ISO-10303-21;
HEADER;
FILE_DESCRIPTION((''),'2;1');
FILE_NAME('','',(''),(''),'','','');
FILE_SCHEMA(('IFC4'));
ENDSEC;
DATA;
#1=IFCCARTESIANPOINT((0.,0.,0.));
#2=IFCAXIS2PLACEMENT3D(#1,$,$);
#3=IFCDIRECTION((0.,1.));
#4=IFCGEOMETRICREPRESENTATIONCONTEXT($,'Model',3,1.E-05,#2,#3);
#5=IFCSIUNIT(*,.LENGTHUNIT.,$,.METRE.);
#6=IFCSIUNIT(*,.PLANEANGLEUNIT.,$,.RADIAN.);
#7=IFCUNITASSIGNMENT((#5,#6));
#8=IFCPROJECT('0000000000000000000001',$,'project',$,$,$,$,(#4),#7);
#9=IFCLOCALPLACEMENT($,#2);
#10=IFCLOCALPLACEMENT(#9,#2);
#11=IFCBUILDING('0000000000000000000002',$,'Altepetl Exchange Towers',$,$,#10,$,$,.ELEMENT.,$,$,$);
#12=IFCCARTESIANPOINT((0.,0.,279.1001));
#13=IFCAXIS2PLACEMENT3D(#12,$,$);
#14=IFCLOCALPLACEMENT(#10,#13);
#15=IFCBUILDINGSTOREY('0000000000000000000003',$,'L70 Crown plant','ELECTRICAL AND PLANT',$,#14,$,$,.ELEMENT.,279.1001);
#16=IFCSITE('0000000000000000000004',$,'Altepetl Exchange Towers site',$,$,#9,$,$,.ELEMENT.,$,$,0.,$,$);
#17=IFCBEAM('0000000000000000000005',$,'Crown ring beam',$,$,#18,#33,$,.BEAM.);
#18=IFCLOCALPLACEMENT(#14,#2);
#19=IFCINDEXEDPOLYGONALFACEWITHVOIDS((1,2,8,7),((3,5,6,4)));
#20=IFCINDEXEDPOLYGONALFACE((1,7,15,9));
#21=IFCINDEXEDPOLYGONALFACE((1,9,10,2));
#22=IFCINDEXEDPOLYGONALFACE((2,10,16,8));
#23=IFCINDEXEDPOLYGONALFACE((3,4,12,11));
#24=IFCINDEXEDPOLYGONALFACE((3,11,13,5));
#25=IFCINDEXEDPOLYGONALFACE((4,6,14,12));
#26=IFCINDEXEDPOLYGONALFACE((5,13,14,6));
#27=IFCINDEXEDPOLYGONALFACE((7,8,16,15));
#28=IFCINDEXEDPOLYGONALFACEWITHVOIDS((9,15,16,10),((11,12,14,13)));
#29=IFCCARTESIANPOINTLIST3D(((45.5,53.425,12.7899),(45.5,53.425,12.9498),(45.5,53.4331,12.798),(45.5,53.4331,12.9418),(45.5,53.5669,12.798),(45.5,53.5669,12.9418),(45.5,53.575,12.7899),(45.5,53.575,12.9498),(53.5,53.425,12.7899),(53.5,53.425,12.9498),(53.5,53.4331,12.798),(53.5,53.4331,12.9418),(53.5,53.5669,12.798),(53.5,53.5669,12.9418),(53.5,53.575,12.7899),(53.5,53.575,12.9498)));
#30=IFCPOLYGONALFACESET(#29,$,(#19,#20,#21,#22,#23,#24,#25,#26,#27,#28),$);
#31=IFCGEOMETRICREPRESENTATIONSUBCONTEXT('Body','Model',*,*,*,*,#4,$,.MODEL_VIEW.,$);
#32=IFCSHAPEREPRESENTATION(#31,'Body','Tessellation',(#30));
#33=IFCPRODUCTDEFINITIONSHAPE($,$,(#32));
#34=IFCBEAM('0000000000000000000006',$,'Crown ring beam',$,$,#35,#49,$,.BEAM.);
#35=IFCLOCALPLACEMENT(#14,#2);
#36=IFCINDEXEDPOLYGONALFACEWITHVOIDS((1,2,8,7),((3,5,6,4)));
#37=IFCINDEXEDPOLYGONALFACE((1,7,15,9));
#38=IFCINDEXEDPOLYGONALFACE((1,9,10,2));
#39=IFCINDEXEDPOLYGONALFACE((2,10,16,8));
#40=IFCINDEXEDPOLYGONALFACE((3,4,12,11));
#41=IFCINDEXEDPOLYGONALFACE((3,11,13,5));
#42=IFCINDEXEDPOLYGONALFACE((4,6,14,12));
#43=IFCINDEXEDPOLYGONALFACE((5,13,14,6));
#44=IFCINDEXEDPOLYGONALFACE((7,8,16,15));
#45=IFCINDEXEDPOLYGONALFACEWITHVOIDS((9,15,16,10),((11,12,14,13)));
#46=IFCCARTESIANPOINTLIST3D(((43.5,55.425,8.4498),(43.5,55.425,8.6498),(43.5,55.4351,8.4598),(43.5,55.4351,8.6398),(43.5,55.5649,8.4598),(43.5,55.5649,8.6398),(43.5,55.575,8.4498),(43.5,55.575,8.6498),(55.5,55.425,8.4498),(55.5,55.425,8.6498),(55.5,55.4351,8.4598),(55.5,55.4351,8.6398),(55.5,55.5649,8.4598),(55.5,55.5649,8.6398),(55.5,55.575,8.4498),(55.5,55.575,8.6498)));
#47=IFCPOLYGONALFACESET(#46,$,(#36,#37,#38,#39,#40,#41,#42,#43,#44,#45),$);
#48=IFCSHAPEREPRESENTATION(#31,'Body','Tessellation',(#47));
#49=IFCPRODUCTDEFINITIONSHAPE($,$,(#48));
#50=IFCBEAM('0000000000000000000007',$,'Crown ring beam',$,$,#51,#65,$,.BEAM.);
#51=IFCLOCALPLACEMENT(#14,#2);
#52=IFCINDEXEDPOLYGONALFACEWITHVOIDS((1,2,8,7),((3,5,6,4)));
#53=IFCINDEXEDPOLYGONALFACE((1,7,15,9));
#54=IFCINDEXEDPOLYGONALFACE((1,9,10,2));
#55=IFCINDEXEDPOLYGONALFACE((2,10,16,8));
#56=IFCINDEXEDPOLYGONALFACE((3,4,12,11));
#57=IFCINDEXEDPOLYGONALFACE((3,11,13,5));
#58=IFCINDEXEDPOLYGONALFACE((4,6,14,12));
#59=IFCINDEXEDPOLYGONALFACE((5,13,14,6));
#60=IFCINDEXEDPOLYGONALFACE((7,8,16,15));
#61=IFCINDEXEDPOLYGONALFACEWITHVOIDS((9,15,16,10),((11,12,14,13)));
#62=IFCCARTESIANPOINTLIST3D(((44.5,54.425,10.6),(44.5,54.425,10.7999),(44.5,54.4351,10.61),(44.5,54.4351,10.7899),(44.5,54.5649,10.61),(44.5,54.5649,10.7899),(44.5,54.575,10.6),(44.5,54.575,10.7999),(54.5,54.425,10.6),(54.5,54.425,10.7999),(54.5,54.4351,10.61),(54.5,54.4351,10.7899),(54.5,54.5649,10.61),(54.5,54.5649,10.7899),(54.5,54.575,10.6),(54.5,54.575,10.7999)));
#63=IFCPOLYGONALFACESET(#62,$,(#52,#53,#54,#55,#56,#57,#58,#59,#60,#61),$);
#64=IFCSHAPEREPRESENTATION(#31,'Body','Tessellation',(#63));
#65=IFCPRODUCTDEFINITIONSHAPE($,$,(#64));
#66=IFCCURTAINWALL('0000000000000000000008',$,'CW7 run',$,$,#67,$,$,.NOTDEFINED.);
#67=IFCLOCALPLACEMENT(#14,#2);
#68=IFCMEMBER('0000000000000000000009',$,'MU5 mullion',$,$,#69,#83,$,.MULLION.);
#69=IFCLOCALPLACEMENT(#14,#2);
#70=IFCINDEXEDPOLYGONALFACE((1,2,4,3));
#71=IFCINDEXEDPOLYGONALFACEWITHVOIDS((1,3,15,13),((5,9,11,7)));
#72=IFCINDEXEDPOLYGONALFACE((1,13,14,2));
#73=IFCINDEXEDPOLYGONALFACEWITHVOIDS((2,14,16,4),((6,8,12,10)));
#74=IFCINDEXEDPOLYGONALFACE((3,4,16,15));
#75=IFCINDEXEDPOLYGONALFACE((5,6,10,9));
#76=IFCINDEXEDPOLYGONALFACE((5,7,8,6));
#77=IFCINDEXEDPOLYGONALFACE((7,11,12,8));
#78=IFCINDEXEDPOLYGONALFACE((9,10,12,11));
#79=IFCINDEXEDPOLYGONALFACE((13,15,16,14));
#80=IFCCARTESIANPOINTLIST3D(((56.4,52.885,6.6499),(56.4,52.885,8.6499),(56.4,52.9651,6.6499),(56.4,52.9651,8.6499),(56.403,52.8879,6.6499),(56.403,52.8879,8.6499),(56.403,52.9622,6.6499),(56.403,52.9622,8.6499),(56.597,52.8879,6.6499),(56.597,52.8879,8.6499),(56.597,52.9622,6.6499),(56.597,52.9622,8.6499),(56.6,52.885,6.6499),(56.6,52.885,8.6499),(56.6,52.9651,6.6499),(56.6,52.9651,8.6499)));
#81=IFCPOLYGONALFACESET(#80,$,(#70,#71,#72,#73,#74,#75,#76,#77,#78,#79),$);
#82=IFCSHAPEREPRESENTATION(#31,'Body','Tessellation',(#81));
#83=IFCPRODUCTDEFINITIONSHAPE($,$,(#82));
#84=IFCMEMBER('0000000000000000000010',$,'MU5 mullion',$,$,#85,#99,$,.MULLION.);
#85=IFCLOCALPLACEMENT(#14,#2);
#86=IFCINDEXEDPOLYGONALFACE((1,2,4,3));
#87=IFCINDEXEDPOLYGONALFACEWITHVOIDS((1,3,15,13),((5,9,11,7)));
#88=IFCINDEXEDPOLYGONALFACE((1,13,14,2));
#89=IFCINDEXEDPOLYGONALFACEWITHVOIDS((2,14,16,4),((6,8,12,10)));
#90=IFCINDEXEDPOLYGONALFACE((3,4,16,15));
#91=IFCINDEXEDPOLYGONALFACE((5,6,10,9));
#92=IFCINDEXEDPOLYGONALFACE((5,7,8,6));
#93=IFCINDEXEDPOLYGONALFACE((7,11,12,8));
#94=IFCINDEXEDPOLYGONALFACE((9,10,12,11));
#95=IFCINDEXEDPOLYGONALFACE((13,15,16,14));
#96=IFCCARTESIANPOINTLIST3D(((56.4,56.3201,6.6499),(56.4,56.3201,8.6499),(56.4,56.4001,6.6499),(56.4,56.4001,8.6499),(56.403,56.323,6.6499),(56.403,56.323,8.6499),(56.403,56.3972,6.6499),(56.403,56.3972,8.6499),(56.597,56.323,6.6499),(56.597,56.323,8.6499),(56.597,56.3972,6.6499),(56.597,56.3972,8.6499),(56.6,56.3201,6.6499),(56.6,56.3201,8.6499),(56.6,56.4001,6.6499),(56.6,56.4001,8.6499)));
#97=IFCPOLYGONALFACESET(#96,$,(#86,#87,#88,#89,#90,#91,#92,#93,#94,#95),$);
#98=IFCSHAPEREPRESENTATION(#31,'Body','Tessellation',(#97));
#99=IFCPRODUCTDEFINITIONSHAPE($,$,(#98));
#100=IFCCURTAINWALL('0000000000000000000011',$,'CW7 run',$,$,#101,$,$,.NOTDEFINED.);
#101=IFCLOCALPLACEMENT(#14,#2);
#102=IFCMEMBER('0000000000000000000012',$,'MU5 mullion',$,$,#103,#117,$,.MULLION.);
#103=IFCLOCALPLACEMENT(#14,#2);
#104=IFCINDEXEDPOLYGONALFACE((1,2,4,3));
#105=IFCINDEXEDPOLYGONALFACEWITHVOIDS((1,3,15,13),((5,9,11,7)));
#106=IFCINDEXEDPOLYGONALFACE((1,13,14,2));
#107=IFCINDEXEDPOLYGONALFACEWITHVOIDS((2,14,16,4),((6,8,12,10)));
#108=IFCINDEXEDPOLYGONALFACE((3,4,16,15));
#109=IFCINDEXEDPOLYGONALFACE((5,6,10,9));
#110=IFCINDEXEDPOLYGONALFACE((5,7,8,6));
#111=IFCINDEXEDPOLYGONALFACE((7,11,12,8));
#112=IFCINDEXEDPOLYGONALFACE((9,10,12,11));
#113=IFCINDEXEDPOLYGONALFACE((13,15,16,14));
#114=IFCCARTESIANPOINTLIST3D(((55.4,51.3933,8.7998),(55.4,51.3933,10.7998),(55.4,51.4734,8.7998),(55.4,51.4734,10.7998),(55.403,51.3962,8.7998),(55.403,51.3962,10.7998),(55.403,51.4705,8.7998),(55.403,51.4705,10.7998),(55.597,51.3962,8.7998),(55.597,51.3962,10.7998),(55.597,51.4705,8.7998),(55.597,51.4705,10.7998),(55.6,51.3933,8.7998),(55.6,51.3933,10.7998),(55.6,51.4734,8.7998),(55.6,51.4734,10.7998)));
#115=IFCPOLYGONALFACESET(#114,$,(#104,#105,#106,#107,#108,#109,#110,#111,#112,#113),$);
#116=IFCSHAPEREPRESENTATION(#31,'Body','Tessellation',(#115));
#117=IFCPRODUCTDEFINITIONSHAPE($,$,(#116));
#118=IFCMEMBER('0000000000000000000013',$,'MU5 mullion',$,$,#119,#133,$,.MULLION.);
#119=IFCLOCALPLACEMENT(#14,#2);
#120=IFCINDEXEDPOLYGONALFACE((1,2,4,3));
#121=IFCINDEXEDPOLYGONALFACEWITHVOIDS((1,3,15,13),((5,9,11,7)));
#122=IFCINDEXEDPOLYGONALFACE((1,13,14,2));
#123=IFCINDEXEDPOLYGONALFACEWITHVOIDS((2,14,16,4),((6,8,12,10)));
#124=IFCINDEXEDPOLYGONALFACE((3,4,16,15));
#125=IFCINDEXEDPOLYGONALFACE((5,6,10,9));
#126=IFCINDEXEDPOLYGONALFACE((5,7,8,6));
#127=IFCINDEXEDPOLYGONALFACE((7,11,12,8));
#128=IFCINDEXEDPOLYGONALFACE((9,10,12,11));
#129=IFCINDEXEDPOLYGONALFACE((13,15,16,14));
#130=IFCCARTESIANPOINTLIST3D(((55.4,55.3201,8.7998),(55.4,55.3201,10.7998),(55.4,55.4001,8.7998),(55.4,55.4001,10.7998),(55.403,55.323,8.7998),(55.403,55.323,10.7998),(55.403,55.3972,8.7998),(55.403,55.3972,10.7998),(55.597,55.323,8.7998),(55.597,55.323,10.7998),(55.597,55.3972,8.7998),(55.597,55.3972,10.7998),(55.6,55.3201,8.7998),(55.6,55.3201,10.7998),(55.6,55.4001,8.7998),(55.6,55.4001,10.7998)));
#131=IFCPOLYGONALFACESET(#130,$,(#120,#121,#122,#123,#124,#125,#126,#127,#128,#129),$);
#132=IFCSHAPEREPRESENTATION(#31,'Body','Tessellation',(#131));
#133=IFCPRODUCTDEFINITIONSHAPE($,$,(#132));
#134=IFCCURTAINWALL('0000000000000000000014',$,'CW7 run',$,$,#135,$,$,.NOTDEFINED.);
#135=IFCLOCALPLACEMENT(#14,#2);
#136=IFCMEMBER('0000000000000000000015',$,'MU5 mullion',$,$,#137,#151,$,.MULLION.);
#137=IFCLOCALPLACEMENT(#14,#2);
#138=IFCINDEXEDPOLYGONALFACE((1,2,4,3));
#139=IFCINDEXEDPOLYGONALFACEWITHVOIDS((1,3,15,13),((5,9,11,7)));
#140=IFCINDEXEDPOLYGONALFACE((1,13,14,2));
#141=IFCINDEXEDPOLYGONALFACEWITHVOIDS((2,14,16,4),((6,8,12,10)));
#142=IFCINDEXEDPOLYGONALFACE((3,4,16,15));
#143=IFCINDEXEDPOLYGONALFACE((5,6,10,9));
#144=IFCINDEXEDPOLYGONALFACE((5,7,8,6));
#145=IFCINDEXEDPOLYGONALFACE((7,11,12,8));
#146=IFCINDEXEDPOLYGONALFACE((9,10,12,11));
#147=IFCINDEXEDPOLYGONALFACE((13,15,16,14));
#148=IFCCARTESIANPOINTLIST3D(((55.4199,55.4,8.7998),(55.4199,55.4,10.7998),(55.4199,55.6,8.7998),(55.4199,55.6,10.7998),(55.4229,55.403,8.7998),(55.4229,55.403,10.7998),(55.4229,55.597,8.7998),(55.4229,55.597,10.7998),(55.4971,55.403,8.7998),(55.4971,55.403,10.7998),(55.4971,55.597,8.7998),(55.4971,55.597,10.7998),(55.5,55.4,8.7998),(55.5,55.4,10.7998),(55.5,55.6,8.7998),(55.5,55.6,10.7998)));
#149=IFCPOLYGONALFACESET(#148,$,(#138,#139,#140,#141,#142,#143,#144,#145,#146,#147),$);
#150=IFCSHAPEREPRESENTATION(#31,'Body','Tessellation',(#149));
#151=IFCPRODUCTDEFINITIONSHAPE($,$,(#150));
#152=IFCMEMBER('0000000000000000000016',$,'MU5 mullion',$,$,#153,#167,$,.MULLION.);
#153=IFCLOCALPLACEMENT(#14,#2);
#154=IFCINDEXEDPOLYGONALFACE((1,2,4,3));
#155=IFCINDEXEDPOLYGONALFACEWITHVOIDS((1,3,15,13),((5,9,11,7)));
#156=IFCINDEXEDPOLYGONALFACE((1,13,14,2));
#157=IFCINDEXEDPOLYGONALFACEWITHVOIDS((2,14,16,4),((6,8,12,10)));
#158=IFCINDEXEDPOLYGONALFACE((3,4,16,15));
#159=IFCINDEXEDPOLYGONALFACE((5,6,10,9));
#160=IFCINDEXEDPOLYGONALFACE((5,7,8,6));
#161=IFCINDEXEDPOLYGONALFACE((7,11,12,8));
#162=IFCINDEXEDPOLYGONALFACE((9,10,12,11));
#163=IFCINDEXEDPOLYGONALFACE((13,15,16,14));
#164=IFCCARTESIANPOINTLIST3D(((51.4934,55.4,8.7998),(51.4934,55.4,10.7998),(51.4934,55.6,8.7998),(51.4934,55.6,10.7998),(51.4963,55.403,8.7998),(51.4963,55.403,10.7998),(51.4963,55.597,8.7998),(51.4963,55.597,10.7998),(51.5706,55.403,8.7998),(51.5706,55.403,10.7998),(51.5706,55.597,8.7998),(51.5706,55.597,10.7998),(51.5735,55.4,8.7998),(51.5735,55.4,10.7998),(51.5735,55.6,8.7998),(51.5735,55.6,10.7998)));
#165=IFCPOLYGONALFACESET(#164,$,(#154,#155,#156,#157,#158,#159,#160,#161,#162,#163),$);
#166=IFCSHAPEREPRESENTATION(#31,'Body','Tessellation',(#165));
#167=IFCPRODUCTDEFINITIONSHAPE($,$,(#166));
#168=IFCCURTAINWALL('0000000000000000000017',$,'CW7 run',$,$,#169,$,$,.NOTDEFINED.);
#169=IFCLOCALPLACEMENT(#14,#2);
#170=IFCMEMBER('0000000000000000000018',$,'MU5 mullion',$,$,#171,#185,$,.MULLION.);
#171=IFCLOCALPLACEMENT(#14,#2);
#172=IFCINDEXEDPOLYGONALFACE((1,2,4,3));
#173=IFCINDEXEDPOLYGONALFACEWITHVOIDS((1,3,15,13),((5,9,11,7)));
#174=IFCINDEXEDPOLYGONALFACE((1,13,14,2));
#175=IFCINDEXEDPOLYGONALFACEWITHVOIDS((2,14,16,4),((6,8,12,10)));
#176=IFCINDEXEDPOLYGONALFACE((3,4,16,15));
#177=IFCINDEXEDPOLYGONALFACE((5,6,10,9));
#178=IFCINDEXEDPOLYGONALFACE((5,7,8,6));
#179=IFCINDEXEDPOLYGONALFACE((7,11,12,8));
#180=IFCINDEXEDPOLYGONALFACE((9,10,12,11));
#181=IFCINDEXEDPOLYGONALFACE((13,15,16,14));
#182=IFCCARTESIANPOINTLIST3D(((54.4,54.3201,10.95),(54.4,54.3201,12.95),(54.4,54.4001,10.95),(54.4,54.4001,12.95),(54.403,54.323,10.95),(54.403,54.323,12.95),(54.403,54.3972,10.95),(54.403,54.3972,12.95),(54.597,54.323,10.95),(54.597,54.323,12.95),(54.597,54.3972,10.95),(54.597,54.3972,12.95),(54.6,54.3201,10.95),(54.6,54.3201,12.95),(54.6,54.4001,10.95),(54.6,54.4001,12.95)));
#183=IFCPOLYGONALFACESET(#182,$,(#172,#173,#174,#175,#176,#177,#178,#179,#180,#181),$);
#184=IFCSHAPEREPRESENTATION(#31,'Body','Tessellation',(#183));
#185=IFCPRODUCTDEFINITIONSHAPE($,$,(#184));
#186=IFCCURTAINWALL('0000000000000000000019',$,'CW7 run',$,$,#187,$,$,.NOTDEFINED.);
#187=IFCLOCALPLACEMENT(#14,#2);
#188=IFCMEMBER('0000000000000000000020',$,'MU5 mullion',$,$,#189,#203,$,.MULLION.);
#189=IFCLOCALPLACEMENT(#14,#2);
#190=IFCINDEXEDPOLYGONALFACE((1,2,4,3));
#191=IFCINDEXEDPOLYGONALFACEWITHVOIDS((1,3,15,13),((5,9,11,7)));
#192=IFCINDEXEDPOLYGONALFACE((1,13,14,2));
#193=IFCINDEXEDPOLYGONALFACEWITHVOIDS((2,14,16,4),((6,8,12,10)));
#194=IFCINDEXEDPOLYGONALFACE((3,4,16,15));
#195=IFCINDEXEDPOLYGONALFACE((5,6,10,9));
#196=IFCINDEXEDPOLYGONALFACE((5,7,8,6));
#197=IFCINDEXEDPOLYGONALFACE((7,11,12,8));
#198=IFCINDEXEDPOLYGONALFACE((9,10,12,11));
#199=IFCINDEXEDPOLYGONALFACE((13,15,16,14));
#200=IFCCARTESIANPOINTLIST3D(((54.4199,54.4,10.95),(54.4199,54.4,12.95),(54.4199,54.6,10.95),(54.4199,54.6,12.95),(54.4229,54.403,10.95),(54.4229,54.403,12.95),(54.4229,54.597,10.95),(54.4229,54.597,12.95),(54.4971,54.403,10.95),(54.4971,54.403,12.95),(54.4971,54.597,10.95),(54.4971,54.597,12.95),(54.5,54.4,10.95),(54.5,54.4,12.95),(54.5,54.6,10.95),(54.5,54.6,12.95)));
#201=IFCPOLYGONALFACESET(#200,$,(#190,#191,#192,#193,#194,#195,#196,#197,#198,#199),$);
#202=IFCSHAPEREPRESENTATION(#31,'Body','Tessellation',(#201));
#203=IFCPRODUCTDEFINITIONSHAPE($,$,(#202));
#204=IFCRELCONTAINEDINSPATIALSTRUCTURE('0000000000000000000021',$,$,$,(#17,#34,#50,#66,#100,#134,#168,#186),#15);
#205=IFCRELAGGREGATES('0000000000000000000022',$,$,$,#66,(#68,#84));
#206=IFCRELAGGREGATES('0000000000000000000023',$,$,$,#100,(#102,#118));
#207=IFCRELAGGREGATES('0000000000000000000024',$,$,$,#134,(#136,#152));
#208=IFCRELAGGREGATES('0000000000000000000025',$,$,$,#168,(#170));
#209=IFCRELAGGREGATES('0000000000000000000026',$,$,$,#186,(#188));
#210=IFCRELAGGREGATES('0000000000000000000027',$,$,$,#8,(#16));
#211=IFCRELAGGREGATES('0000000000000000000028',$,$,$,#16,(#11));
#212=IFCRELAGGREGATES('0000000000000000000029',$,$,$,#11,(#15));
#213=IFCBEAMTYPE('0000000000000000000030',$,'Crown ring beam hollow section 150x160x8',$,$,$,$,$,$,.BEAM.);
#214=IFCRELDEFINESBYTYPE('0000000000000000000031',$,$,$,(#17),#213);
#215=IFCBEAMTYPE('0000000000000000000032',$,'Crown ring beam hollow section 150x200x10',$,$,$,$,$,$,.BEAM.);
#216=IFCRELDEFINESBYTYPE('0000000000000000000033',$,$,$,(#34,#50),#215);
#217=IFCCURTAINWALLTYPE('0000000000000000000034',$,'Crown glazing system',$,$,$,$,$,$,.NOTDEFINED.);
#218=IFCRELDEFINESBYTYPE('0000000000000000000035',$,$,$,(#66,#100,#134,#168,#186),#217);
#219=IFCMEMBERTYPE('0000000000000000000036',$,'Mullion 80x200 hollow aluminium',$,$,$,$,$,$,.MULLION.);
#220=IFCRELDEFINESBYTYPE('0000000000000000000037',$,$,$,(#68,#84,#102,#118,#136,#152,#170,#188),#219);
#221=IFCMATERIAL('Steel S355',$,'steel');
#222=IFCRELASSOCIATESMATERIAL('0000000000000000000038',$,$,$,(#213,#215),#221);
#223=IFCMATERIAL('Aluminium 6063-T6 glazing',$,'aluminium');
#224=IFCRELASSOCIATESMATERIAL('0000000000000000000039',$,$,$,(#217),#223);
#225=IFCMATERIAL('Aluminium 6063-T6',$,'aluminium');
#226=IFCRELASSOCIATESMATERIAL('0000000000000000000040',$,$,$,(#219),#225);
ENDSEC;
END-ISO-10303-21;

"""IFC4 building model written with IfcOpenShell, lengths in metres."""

from ifc_helpers import new_model, si_unit, direction, frame, origin, origin_2d, place, context, subcontext, project, spatial, hollow_rectangle, extrude, material, material_profile, profile_set, type_object, element, aggregate, save


model = new_model("IFC4")

# Units and contexts
model_context = context("Model", 3, precision=1e-05, world=origin(), true_north=direction((0.0, 1.0)))
body_context = subcontext(model_context, "Body", "Model", "MODEL_VIEW")
ifc_project = project(units=[si_unit("LENGTHUNIT", "METRE"), si_unit("PLANEANGLEUNIT", "RADIAN")], contexts=[model_context])

# Site, building, storey
site_placement = place(None, origin())
site = spatial("IfcSite", under=ifc_project, at=site_placement, Name="Altepetl Exchange Towers site", CompositionType="ELEMENT", RefElevation=0.0)
building_placement = place(site_placement, origin())
building = spatial("IfcBuilding", under=site, at=building_placement, Name="Altepetl Exchange Towers", CompositionType="ELEMENT")
storey_placement = place(building_placement, frame((0.0, 0.0, 279.1001)))
storey = spatial("IfcBuildingStorey", under=building, at=storey_placement, Name="L70 Crown plant", Description="ELECTRICAL AND PLANT", CompositionType="ELEMENT", Elevation=279.1001)

# Beams
ifc_material_1 = material(Name="Steel S355", Category="steel")
ifc_material_profile_1 = material_profile(ifc_material_1, hollow_rectangle(XDim=0.1499, YDim=0.1599, WallThickness=0.0081, at=origin_2d()), Name="RHS 160x150x8")
ifc_profile_set_1 = profile_set([ifc_material_profile_1], Name="Steel S355")
beam_type_1 = type_object("IfcBeamType", Name="Crown ring beam hollow section 150x160x8", PredefinedType="BEAM", material=ifc_profile_set_1)
beam_1_placement = place(storey_placement, frame((53.5, 53.5, 12.8699), z_axis=(-1.0, 0.0, 0.0), x_axis=(0.0, -1.0, 0.0)))
element("IfcBeam", 1, at=beam_1_placement, inside=storey, type_object=beam_type_1, Name="Crown ring beam", PredefinedType="BEAM", context=body_context, shape_type="SweptSolid", body=[
    extrude(hollow_rectangle(XDim=0.1499, YDim=0.1599, WallThickness=0.0081, at=origin_2d()), origin(), (0.0, 0.0, 1.0), 8.0),
])
ifc_material_profile_2 = material_profile(ifc_material_1, hollow_rectangle(XDim=0.1499, YDim=0.2, WallThickness=0.01, at=origin_2d()), Name="RHS 200x150x10")
ifc_profile_set_2 = profile_set([ifc_material_profile_2], Name="Steel S355")
beam_type_2 = type_object("IfcBeamType", Name="Crown ring beam hollow section 150x200x10", PredefinedType="BEAM", material=ifc_profile_set_2)
beam_2_placement = place(storey_placement, frame((55.5, 55.5, 8.5498), z_axis=(-1.0, 0.0, 0.0), x_axis=(0.0, -1.0, 0.0)))
element("IfcBeam", 2, at=beam_2_placement, inside=storey, type_object=beam_type_2, Name="Crown ring beam", PredefinedType="BEAM", context=body_context, shape_type="SweptSolid", body=[
    extrude(hollow_rectangle(XDim=0.1499, YDim=0.2, WallThickness=0.01, at=origin_2d()), origin(), (0.0, 0.0, 1.0), 12.0),
])
beam_3_placement = place(storey_placement, frame((54.5, 54.5, 10.7), z_axis=(-1.0, 0.0, 0.0), x_axis=(0.0, -1.0, 0.0)))
element("IfcBeam", 3, at=beam_3_placement, inside=storey, type_object=beam_type_2, Name="Crown ring beam", PredefinedType="BEAM", context=body_context, shape_type="SweptSolid", body=[
    extrude(hollow_rectangle(XDim=0.1499, YDim=0.2, WallThickness=0.01, at=origin_2d()), origin(), (0.0, 0.0, 1.0), 10.0),
])

# Curtain walls, members
ifc_material_2 = material(Name="Aluminium 6063-T6 glazing", Category="aluminium")
curtain_wall_type = type_object("IfcCurtainWallType", Name="Crown glazing system", PredefinedType="NOTDEFINED", material=ifc_material_2)
curtain_wall_1_placement = place(storey_placement, origin())
curtain_wall_1 = element("IfcCurtainWall", 4, at=curtain_wall_1_placement, inside=storey, type_object=curtain_wall_type, Name="CW7 run", PredefinedType="NOTDEFINED")
ifc_material_3 = material(Name="Aluminium 6063-T6", Category="aluminium")
ifc_material_profile_3 = material_profile(ifc_material_3, hollow_rectangle(XDim=0.0801, YDim=0.2, WallThickness=0.0029, at=origin_2d()), Name="Mullion 80x200 hollow aluminium")
ifc_profile_set_3 = profile_set([ifc_material_profile_3], Name="Aluminium 6063-T6")
member_type = type_object("IfcMemberType", Name="Mullion 80x200 hollow aluminium", PredefinedType="MULLION", material=ifc_profile_set_3)
member_1_placement = place(storey_placement, frame((56.5, 52.925, 6.6499), z_axis=(0.0, 0.0, 1.0), x_axis=(0.0, 1.0, 0.0)))
member_1 = element("IfcMember", 5, at=member_1_placement, type_object=member_type, Name="MU5 mullion", PredefinedType="MULLION", context=body_context, shape_type="SweptSolid", body=[
    extrude(hollow_rectangle(XDim=0.0801, YDim=0.2, WallThickness=0.0029, at=origin_2d()), origin(), (0.0, 0.0, 1.0), 2.0),
])
member_2_placement = place(storey_placement, frame((56.5, 56.3601, 6.6499), z_axis=(0.0, 0.0, 1.0), x_axis=(0.0, 1.0, 0.0)))
member_2 = element("IfcMember", 6, at=member_2_placement, type_object=member_type, Name="MU5 mullion", PredefinedType="MULLION", context=body_context, shape_type="SweptSolid", body=[
    extrude(hollow_rectangle(XDim=0.0801, YDim=0.2, WallThickness=0.0029, at=origin_2d()), origin(), (0.0, 0.0, 1.0), 2.0),
])
curtain_wall_2_placement = place(storey_placement, origin())
curtain_wall_2 = element("IfcCurtainWall", 7, at=curtain_wall_2_placement, inside=storey, type_object=curtain_wall_type, Name="CW7 run", PredefinedType="NOTDEFINED")
member_3_placement = place(storey_placement, frame((55.5, 51.4333, 8.7998), z_axis=(0.0, 0.0, 1.0), x_axis=(0.0, 1.0, 0.0)))
member_3 = element("IfcMember", 8, at=member_3_placement, type_object=member_type, Name="MU5 mullion", PredefinedType="MULLION", context=body_context, shape_type="SweptSolid", body=[
    extrude(hollow_rectangle(XDim=0.0801, YDim=0.2, WallThickness=0.0029, at=origin_2d()), origin(), (0.0, 0.0, 1.0), 2.0),
])
member_4_placement = place(storey_placement, frame((55.5, 55.3601, 8.7998), z_axis=(0.0, 0.0, 1.0), x_axis=(0.0, 1.0, 0.0)))
member_4 = element("IfcMember", 9, at=member_4_placement, type_object=member_type, Name="MU5 mullion", PredefinedType="MULLION", context=body_context, shape_type="SweptSolid", body=[
    extrude(hollow_rectangle(XDim=0.0801, YDim=0.2, WallThickness=0.0029, at=origin_2d()), origin(), (0.0, 0.0, 1.0), 2.0),
])
curtain_wall_3_placement = place(storey_placement, origin())
curtain_wall_3 = element("IfcCurtainWall", 10, at=curtain_wall_3_placement, inside=storey, type_object=curtain_wall_type, Name="CW7 run", PredefinedType="NOTDEFINED")
member_5_placement = place(storey_placement, frame((55.46, 55.5, 8.7998), z_axis=(0.0, 0.0, 1.0), x_axis=(-1.0, 0.0, 0.0)))
member_5 = element("IfcMember", 11, at=member_5_placement, type_object=member_type, Name="MU5 mullion", PredefinedType="MULLION", context=body_context, shape_type="SweptSolid", body=[
    extrude(hollow_rectangle(XDim=0.0801, YDim=0.2, WallThickness=0.0029, at=origin_2d()), origin(), (0.0, 0.0, 1.0), 2.0),
])
member_6_placement = place(storey_placement, frame((51.5334, 55.5, 8.7998), z_axis=(0.0, 0.0, 1.0), x_axis=(-1.0, 0.0, 0.0)))
member_6 = element("IfcMember", 12, at=member_6_placement, type_object=member_type, Name="MU5 mullion", PredefinedType="MULLION", context=body_context, shape_type="SweptSolid", body=[
    extrude(hollow_rectangle(XDim=0.0801, YDim=0.2, WallThickness=0.0029, at=origin_2d()), origin(), (0.0, 0.0, 1.0), 2.0),
])

# Curtain wall, member
curtain_wall_4_placement = place(storey_placement, origin())
curtain_wall_4 = element("IfcCurtainWall", 13, at=curtain_wall_4_placement, inside=storey, type_object=curtain_wall_type, Name="CW7 run", PredefinedType="NOTDEFINED")
member_7_placement = place(storey_placement, frame((54.5, 54.3601, 10.95), z_axis=(0.0, 0.0, 1.0), x_axis=(0.0, 1.0, 0.0)))
member_7 = element("IfcMember", 14, at=member_7_placement, type_object=member_type, Name="MU5 mullion", PredefinedType="MULLION", context=body_context, shape_type="SweptSolid", body=[
    extrude(hollow_rectangle(XDim=0.0801, YDim=0.2, WallThickness=0.0029, at=origin_2d()), origin(), (0.0, 0.0, 1.0), 2.0),
])

# Curtain wall, member
curtain_wall_5_placement = place(storey_placement, origin())
curtain_wall_5 = element("IfcCurtainWall", 15, at=curtain_wall_5_placement, inside=storey, type_object=curtain_wall_type, Name="CW7 run", PredefinedType="NOTDEFINED")
member_8_placement = place(storey_placement, frame((54.46, 54.5, 10.95), z_axis=(0.0, 0.0, 1.0), x_axis=(-1.0, 0.0, 0.0)))
member_8 = element("IfcMember", 16, at=member_8_placement, type_object=member_type, Name="MU5 mullion", PredefinedType="MULLION", context=body_context, shape_type="SweptSolid", body=[
    extrude(hollow_rectangle(XDim=0.0801, YDim=0.2, WallThickness=0.0029, at=origin_2d()), origin(), (0.0, 0.0, 1.0), 2.0),
])

aggregate(curtain_wall_1, [member_1, member_2])
aggregate(curtain_wall_2, [member_3, member_4])
aggregate(curtain_wall_3, [member_5, member_6])
aggregate(curtain_wall_4, [member_7])
aggregate(curtain_wall_5, [member_8])

save(model, "model.ifc")
